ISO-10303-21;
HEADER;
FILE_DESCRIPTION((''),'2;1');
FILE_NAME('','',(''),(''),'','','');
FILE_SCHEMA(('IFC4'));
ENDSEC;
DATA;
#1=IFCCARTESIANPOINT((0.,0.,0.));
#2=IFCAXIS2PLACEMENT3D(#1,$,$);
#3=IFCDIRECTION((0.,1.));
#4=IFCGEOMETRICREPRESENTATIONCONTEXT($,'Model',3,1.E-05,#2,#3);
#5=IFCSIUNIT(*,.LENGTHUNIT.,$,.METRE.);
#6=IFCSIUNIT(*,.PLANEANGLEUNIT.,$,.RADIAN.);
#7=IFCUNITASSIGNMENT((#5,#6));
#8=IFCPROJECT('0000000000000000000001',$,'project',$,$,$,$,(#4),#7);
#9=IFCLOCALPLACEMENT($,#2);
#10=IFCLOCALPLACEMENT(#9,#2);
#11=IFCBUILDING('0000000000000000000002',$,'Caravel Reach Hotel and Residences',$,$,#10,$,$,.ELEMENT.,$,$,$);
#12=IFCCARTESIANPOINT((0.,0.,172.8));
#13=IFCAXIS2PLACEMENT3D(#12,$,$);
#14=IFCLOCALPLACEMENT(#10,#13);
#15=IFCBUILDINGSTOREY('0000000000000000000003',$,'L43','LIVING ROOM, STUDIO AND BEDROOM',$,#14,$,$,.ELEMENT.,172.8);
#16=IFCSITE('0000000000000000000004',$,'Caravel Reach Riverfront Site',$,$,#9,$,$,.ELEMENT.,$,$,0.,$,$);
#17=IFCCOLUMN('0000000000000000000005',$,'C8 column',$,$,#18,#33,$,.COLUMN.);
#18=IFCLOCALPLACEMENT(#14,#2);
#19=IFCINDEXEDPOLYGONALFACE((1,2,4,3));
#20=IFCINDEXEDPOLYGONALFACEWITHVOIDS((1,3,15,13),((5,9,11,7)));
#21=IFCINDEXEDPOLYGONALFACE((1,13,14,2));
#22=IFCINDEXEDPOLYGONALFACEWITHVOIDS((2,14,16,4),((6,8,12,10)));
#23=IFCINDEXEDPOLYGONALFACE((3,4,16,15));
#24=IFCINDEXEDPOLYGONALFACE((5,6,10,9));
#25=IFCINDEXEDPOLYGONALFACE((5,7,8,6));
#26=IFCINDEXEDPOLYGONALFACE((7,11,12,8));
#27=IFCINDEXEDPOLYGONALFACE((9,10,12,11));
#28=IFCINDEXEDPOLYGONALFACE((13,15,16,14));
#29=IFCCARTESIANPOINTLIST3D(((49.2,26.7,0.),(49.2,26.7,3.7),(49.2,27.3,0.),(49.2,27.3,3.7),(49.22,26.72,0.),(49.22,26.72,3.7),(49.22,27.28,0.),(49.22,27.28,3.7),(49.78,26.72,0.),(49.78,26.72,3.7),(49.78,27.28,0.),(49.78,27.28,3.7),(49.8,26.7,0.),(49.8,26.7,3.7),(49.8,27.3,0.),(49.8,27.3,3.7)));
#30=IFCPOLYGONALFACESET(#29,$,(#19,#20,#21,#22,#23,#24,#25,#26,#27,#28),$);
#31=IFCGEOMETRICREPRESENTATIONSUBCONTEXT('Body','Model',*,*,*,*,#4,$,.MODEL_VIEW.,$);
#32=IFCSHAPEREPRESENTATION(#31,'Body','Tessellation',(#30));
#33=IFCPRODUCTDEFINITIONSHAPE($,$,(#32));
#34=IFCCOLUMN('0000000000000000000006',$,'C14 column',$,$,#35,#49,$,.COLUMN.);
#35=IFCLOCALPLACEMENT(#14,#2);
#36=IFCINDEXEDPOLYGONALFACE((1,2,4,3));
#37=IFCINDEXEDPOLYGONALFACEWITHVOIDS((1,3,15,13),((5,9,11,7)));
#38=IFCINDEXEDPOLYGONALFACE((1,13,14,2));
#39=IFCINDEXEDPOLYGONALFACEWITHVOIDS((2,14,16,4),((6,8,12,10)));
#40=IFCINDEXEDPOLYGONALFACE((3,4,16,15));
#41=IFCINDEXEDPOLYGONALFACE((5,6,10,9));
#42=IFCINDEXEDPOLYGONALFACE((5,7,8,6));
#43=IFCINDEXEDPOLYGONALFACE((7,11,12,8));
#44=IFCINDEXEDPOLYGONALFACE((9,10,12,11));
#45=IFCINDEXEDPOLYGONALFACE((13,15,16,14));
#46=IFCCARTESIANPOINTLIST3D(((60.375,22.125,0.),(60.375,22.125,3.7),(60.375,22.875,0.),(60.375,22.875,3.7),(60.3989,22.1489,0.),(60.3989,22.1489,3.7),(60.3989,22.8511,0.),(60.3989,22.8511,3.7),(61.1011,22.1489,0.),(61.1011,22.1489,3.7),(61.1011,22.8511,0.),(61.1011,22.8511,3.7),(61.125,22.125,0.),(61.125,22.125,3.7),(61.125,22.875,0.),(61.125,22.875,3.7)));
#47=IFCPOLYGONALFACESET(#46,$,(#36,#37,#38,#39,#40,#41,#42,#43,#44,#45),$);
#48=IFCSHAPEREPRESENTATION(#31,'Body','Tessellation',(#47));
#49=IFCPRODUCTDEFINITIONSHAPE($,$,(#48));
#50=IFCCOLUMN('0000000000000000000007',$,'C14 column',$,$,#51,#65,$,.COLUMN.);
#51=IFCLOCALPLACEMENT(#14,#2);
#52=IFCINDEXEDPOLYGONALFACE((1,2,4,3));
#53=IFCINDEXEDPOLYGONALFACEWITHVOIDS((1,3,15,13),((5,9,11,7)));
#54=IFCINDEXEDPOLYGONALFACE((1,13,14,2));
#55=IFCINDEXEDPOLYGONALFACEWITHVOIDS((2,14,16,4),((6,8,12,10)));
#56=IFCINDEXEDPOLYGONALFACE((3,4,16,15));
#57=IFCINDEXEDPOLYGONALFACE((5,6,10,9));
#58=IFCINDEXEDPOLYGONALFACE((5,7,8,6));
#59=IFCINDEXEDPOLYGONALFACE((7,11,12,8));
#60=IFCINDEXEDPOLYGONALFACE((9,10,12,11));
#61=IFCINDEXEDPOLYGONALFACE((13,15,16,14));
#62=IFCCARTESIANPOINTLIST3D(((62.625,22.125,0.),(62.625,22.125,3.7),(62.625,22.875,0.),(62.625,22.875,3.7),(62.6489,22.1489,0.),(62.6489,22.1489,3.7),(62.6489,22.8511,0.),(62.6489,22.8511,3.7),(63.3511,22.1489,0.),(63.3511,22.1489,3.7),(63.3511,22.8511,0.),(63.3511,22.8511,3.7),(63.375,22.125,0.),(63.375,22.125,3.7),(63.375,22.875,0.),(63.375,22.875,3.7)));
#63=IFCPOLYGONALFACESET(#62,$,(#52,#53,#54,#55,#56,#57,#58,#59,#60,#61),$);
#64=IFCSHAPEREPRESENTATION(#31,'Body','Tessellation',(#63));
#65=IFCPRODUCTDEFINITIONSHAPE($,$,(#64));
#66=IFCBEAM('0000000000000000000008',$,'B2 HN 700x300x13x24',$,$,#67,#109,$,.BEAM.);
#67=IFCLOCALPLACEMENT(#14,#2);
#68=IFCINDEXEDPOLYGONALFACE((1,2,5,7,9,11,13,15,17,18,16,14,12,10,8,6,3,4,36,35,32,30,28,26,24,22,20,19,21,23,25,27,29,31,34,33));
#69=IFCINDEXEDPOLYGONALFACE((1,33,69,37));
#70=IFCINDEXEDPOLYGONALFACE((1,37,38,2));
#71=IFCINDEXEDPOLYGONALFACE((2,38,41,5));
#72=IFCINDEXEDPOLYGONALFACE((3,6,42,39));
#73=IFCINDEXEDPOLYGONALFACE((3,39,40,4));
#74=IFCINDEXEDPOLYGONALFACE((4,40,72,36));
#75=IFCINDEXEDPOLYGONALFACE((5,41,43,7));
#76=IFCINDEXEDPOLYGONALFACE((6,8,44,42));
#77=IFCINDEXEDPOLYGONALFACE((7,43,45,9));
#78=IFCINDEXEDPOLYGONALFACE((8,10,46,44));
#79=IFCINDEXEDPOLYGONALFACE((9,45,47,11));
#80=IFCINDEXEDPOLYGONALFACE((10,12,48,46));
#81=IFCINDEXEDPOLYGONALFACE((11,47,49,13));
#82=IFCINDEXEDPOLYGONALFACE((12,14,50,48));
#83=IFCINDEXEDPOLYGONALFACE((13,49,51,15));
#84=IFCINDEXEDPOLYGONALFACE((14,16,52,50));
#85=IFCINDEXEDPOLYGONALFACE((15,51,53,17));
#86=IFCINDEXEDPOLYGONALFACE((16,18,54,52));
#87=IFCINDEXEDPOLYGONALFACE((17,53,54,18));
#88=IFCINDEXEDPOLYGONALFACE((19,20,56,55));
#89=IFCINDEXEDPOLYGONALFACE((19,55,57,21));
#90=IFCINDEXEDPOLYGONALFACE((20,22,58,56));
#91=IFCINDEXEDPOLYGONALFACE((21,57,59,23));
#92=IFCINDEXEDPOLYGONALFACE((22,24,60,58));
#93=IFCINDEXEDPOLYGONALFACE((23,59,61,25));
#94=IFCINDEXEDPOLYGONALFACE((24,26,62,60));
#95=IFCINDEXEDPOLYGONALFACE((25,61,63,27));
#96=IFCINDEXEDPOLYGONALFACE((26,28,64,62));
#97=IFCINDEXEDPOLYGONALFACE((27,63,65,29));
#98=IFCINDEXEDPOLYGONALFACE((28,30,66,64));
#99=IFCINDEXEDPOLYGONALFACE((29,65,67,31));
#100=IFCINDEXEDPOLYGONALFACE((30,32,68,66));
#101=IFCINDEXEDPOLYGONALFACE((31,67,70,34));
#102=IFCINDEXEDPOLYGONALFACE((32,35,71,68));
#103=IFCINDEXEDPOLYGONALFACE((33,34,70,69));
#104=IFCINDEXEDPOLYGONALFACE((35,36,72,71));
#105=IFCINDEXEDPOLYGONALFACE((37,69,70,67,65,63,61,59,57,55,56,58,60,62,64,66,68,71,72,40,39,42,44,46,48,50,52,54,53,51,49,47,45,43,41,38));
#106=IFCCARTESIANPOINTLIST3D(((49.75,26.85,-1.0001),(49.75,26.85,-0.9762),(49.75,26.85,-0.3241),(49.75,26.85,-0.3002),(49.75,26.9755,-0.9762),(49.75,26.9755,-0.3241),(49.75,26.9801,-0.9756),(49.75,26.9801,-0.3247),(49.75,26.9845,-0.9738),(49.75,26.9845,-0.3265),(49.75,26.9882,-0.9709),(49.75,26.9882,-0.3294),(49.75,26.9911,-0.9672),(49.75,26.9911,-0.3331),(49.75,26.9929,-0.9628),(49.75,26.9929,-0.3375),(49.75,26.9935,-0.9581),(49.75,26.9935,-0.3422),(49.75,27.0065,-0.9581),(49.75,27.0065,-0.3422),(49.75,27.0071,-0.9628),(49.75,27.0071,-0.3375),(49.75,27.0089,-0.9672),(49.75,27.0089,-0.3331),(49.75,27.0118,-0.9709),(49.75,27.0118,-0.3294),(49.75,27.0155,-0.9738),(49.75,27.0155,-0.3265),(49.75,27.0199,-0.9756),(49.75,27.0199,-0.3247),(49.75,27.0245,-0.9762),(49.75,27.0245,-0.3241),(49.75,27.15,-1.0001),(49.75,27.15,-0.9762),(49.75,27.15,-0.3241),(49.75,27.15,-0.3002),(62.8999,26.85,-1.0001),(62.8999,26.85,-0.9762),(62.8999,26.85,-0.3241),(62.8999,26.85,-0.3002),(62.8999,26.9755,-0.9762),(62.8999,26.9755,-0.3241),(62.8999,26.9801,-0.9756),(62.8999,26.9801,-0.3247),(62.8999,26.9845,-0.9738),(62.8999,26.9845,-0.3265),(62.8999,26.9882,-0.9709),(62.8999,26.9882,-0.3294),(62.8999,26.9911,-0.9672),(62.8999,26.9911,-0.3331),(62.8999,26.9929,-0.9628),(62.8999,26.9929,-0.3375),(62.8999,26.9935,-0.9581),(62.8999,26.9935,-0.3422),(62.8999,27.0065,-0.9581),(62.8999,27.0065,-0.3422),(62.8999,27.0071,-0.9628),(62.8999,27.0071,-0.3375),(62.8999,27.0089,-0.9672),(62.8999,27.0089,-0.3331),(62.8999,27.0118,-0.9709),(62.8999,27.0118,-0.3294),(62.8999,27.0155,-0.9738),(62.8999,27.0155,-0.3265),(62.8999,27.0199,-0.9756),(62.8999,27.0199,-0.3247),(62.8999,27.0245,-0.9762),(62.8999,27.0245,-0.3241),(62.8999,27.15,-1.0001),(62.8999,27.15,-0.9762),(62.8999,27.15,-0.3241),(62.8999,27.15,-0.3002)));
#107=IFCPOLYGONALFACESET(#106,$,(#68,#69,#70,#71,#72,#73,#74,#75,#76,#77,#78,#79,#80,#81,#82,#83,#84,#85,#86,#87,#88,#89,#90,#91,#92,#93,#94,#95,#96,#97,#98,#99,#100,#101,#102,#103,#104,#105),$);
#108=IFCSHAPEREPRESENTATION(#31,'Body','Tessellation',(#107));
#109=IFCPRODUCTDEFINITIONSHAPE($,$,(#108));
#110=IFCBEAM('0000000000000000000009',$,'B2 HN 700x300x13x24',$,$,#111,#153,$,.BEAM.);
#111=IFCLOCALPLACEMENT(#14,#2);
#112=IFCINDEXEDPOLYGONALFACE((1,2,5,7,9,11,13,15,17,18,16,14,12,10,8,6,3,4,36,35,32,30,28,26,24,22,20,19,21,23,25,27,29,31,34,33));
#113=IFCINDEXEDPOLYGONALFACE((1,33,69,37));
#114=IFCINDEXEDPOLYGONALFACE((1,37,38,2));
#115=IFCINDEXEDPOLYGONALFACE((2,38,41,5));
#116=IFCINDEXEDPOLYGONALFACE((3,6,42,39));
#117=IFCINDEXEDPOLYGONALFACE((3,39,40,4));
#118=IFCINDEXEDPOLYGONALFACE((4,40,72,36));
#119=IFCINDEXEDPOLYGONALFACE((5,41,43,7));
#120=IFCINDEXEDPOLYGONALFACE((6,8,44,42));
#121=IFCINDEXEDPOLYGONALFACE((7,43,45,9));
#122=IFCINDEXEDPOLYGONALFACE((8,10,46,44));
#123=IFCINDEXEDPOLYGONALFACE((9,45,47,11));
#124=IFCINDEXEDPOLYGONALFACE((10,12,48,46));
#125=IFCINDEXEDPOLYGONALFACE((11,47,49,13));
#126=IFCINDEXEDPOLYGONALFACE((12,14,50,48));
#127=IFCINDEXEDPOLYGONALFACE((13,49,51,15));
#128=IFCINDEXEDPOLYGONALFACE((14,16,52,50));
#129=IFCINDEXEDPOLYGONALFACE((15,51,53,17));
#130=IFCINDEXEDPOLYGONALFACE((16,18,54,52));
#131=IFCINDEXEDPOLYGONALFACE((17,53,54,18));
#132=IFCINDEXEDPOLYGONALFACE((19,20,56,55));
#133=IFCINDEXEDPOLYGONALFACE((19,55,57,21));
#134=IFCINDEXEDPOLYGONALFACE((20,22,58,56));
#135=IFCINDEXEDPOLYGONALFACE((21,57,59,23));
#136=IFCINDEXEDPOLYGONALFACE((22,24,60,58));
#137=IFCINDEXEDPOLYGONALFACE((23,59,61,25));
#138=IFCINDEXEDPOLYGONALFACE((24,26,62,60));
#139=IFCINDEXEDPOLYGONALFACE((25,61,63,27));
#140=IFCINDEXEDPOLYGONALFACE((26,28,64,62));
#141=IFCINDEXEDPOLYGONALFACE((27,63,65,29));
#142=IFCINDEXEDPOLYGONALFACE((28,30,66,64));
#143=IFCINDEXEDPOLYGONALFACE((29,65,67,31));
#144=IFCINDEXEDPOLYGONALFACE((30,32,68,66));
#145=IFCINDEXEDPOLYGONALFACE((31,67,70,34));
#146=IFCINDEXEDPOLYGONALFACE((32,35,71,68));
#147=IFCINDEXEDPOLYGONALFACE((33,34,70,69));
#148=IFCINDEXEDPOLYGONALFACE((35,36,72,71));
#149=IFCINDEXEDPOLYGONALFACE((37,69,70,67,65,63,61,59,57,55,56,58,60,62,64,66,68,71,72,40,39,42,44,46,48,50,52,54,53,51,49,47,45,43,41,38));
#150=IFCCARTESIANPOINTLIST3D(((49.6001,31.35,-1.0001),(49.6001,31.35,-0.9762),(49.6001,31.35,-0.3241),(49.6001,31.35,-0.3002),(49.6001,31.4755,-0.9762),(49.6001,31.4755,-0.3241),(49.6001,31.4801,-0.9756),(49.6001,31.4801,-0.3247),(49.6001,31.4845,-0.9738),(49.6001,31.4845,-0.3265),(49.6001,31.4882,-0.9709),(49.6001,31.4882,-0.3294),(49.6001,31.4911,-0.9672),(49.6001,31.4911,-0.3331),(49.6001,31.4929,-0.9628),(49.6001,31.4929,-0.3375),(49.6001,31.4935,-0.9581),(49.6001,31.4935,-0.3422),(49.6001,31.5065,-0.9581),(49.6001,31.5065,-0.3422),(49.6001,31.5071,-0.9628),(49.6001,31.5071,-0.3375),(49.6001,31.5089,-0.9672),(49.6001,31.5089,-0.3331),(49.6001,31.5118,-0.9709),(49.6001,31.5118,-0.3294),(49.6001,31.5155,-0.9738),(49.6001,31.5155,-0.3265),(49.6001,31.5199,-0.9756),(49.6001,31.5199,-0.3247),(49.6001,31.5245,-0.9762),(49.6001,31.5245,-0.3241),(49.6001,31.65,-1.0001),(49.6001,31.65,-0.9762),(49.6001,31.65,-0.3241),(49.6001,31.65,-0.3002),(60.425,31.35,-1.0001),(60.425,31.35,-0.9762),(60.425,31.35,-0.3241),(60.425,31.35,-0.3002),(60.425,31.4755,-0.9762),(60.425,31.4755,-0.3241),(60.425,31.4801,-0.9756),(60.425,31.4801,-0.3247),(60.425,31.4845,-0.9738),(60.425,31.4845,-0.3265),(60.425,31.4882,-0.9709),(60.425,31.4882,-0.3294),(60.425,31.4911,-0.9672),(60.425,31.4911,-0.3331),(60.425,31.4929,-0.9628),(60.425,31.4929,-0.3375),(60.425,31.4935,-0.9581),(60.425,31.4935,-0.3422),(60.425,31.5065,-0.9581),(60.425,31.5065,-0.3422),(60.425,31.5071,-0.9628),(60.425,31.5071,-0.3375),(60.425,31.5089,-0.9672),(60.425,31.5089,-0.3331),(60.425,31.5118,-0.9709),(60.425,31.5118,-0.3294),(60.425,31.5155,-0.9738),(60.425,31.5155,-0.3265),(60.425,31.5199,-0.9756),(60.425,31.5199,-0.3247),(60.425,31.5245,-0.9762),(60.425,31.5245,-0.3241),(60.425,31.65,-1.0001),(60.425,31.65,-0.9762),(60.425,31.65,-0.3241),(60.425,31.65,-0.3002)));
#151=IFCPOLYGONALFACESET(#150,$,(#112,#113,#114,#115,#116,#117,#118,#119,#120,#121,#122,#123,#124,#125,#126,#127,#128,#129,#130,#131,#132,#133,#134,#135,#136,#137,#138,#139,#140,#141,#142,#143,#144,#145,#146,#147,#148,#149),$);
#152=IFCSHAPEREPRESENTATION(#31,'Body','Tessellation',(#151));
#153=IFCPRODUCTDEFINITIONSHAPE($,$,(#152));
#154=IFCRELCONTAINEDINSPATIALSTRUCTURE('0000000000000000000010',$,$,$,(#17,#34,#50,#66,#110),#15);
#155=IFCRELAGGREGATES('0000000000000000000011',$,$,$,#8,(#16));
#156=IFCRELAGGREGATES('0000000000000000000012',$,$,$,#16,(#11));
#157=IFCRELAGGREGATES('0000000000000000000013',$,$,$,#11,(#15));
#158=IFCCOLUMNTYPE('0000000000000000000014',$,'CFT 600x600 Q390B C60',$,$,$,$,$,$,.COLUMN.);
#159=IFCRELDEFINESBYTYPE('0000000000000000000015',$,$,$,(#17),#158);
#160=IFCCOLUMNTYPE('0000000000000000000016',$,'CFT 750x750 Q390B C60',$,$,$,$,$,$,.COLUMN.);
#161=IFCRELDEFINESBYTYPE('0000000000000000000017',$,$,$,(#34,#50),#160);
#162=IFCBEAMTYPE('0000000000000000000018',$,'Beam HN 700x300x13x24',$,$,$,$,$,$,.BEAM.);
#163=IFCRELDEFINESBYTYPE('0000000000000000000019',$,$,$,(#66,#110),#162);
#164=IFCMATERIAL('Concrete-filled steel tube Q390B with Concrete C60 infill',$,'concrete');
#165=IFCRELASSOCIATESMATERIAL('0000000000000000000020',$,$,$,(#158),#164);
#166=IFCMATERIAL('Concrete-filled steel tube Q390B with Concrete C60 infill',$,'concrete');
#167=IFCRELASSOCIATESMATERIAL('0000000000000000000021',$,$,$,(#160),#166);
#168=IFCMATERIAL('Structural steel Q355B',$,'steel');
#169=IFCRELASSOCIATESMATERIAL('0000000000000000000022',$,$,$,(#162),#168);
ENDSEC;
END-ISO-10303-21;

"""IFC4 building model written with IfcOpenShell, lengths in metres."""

from ifc_helpers import new_model, si_unit, direction, frame, origin, origin_2d, place, context, subcontext, project, spatial, hollow_rectangle, i_section, extrude, material, material_profile, profile_set, type_object, element, save


model = new_model("IFC4")

# Units and contexts
model_context = context("Model", 3, precision=1e-05, world=origin(), true_north=direction((0.0, 1.0)))
body_context = subcontext(model_context, "Body", "Model", "MODEL_VIEW")
ifc_project = project(units=[si_unit("LENGTHUNIT", "METRE"), si_unit("PLANEANGLEUNIT", "RADIAN")], contexts=[model_context])

# Site, building, storey
site_placement = place(None, origin())
site = spatial("IfcSite", under=ifc_project, at=site_placement, Name="Caravel Reach Riverfront Site", CompositionType="ELEMENT", RefElevation=0.0)
building_placement = place(site_placement, origin())
building = spatial("IfcBuilding", under=site, at=building_placement, Name="Caravel Reach Hotel and Residences", CompositionType="ELEMENT")
storey_placement = place(building_placement, frame((0.0, 0.0, 172.8)))
storey = spatial("IfcBuildingStorey", under=building, at=storey_placement, Name="L43", Description="LIVING ROOM, STUDIO AND BEDROOM", CompositionType="ELEMENT", Elevation=172.8)

# Columns
ifc_material_1 = material(Name="Concrete-filled steel tube Q390B with Concrete C60 infill", Category="concrete")
ifc_material_profile_1 = material_profile(ifc_material_1, hollow_rectangle(XDim=0.6001, YDim=0.6001, WallThickness=0.02, at=origin_2d()), Name="RHS 600x600x20")
ifc_profile_set_1 = profile_set([ifc_material_profile_1], Name="Concrete-filled steel tube Q390B with Concrete C60 infill")
column_type_1 = type_object("IfcColumnType", Name="CFT 600x600 Q390B C60", PredefinedType="COLUMN", material=ifc_profile_set_1)
column_placement = place(storey_placement, frame((49.5, 27.0, 0.0), z_axis=(0.0, 0.0, 1.0), x_axis=(1.0, 0.0, 0.0)))
element("IfcColumn", 1, at=column_placement, inside=storey, type_object=column_type_1, Name="C8 column", PredefinedType="COLUMN", context=body_context, shape_type="SweptSolid", body=[
    extrude(hollow_rectangle(XDim=0.6001, YDim=0.6001, WallThickness=0.02, at=origin_2d()), origin(), (0.0, 0.0, 1.0), 3.7),
])
ifc_material_2 = material(Name="Concrete-filled steel tube Q390B with Concrete C60 infill", Category="concrete")
ifc_material_profile_2 = material_profile(ifc_material_2, hollow_rectangle(XDim=0.75, YDim=0.75, WallThickness=0.0239, at=origin_2d()), Name="RHS 750x750x24")
ifc_profile_set_2 = profile_set([ifc_material_profile_2], Name="Concrete-filled steel tube Q390B with Concrete C60 infill")
column_type_2 = type_object("IfcColumnType", Name="CFT 750x750 Q390B C60", PredefinedType="COLUMN", material=ifc_profile_set_2)
for number, where, z_axis, x_axis, name in (
    (2, (60.75, 22.5, 0.0), (0.0, 0.0, 1.0), (1.0, 0.0, 0.0), "C14 column"),
    (3, (63.0, 22.5, 0.0), (0.0, 0.0, 1.0), (1.0, 0.0, 0.0), "C14 column"),
):
    element("IfcColumn", number, at=place(storey_placement, frame(where, z_axis=z_axis, x_axis=x_axis)), inside=storey, type_object=column_type_2, Name=name, PredefinedType="COLUMN", context=body_context, shape_type="SweptSolid", body=[
        extrude(hollow_rectangle(XDim=0.75, YDim=0.75, WallThickness=0.0239, at=origin_2d()), origin(), (0.0, 0.0, 1.0), 3.7),
    ])

# Beams
ifc_material_3 = material(Name="Structural steel Q355B", Category="steel")
ifc_material_profile_3 = material_profile(ifc_material_3, i_section(OverallWidth=0.3, OverallDepth=0.7, WebThickness=0.0129, FlangeThickness=0.0239, FilletRadius=0.0181, at=origin_2d()), Name="HN 700x300x13x24")
ifc_profile_set_3 = profile_set([ifc_material_profile_3], Name="Structural steel Q355B")
beam_type_1 = type_object("IfcBeamType", Name="Beam HN 700x300x13x24", PredefinedType="BEAM", material=ifc_profile_set_3)
beam_1_placement = place(storey_placement, frame((49.75, 27.0, -0.6501), z_axis=(1.0, 0.0, 0.0), x_axis=(0.0, 1.0, 0.0)))
element("IfcBeam", 4, at=beam_1_placement, inside=storey, type_object=beam_type_1, Name="B2 HN 700x300x13x24", PredefinedType="BEAM", context=body_context, shape_type="SweptSolid", body=[
    extrude(i_section(OverallWidth=0.3, OverallDepth=0.7, WebThickness=0.0129, FlangeThickness=0.0239, FilletRadius=0.0181, at=origin_2d()), origin(), (0.0, 0.0, 1.0), 13.1499),
])
beam_2_placement = place(storey_placement, frame((49.6001, 31.5, -0.6501), z_axis=(1.0, 0.0, 0.0), x_axis=(0.0, 1.0, 0.0)))
element("IfcBeam", 5, at=beam_2_placement, inside=storey, type_object=beam_type_1, Name="B2 HN 700x300x13x24", PredefinedType="BEAM", context=body_context, shape_type="SweptSolid", body=[
    extrude(i_section(OverallWidth=0.3, OverallDepth=0.7, WebThickness=0.0129, FlangeThickness=0.0239, FilletRadius=0.0181, at=origin_2d()), origin(), (0.0, 0.0, 1.0), 10.825),
])

save(model, "model.ifc")
